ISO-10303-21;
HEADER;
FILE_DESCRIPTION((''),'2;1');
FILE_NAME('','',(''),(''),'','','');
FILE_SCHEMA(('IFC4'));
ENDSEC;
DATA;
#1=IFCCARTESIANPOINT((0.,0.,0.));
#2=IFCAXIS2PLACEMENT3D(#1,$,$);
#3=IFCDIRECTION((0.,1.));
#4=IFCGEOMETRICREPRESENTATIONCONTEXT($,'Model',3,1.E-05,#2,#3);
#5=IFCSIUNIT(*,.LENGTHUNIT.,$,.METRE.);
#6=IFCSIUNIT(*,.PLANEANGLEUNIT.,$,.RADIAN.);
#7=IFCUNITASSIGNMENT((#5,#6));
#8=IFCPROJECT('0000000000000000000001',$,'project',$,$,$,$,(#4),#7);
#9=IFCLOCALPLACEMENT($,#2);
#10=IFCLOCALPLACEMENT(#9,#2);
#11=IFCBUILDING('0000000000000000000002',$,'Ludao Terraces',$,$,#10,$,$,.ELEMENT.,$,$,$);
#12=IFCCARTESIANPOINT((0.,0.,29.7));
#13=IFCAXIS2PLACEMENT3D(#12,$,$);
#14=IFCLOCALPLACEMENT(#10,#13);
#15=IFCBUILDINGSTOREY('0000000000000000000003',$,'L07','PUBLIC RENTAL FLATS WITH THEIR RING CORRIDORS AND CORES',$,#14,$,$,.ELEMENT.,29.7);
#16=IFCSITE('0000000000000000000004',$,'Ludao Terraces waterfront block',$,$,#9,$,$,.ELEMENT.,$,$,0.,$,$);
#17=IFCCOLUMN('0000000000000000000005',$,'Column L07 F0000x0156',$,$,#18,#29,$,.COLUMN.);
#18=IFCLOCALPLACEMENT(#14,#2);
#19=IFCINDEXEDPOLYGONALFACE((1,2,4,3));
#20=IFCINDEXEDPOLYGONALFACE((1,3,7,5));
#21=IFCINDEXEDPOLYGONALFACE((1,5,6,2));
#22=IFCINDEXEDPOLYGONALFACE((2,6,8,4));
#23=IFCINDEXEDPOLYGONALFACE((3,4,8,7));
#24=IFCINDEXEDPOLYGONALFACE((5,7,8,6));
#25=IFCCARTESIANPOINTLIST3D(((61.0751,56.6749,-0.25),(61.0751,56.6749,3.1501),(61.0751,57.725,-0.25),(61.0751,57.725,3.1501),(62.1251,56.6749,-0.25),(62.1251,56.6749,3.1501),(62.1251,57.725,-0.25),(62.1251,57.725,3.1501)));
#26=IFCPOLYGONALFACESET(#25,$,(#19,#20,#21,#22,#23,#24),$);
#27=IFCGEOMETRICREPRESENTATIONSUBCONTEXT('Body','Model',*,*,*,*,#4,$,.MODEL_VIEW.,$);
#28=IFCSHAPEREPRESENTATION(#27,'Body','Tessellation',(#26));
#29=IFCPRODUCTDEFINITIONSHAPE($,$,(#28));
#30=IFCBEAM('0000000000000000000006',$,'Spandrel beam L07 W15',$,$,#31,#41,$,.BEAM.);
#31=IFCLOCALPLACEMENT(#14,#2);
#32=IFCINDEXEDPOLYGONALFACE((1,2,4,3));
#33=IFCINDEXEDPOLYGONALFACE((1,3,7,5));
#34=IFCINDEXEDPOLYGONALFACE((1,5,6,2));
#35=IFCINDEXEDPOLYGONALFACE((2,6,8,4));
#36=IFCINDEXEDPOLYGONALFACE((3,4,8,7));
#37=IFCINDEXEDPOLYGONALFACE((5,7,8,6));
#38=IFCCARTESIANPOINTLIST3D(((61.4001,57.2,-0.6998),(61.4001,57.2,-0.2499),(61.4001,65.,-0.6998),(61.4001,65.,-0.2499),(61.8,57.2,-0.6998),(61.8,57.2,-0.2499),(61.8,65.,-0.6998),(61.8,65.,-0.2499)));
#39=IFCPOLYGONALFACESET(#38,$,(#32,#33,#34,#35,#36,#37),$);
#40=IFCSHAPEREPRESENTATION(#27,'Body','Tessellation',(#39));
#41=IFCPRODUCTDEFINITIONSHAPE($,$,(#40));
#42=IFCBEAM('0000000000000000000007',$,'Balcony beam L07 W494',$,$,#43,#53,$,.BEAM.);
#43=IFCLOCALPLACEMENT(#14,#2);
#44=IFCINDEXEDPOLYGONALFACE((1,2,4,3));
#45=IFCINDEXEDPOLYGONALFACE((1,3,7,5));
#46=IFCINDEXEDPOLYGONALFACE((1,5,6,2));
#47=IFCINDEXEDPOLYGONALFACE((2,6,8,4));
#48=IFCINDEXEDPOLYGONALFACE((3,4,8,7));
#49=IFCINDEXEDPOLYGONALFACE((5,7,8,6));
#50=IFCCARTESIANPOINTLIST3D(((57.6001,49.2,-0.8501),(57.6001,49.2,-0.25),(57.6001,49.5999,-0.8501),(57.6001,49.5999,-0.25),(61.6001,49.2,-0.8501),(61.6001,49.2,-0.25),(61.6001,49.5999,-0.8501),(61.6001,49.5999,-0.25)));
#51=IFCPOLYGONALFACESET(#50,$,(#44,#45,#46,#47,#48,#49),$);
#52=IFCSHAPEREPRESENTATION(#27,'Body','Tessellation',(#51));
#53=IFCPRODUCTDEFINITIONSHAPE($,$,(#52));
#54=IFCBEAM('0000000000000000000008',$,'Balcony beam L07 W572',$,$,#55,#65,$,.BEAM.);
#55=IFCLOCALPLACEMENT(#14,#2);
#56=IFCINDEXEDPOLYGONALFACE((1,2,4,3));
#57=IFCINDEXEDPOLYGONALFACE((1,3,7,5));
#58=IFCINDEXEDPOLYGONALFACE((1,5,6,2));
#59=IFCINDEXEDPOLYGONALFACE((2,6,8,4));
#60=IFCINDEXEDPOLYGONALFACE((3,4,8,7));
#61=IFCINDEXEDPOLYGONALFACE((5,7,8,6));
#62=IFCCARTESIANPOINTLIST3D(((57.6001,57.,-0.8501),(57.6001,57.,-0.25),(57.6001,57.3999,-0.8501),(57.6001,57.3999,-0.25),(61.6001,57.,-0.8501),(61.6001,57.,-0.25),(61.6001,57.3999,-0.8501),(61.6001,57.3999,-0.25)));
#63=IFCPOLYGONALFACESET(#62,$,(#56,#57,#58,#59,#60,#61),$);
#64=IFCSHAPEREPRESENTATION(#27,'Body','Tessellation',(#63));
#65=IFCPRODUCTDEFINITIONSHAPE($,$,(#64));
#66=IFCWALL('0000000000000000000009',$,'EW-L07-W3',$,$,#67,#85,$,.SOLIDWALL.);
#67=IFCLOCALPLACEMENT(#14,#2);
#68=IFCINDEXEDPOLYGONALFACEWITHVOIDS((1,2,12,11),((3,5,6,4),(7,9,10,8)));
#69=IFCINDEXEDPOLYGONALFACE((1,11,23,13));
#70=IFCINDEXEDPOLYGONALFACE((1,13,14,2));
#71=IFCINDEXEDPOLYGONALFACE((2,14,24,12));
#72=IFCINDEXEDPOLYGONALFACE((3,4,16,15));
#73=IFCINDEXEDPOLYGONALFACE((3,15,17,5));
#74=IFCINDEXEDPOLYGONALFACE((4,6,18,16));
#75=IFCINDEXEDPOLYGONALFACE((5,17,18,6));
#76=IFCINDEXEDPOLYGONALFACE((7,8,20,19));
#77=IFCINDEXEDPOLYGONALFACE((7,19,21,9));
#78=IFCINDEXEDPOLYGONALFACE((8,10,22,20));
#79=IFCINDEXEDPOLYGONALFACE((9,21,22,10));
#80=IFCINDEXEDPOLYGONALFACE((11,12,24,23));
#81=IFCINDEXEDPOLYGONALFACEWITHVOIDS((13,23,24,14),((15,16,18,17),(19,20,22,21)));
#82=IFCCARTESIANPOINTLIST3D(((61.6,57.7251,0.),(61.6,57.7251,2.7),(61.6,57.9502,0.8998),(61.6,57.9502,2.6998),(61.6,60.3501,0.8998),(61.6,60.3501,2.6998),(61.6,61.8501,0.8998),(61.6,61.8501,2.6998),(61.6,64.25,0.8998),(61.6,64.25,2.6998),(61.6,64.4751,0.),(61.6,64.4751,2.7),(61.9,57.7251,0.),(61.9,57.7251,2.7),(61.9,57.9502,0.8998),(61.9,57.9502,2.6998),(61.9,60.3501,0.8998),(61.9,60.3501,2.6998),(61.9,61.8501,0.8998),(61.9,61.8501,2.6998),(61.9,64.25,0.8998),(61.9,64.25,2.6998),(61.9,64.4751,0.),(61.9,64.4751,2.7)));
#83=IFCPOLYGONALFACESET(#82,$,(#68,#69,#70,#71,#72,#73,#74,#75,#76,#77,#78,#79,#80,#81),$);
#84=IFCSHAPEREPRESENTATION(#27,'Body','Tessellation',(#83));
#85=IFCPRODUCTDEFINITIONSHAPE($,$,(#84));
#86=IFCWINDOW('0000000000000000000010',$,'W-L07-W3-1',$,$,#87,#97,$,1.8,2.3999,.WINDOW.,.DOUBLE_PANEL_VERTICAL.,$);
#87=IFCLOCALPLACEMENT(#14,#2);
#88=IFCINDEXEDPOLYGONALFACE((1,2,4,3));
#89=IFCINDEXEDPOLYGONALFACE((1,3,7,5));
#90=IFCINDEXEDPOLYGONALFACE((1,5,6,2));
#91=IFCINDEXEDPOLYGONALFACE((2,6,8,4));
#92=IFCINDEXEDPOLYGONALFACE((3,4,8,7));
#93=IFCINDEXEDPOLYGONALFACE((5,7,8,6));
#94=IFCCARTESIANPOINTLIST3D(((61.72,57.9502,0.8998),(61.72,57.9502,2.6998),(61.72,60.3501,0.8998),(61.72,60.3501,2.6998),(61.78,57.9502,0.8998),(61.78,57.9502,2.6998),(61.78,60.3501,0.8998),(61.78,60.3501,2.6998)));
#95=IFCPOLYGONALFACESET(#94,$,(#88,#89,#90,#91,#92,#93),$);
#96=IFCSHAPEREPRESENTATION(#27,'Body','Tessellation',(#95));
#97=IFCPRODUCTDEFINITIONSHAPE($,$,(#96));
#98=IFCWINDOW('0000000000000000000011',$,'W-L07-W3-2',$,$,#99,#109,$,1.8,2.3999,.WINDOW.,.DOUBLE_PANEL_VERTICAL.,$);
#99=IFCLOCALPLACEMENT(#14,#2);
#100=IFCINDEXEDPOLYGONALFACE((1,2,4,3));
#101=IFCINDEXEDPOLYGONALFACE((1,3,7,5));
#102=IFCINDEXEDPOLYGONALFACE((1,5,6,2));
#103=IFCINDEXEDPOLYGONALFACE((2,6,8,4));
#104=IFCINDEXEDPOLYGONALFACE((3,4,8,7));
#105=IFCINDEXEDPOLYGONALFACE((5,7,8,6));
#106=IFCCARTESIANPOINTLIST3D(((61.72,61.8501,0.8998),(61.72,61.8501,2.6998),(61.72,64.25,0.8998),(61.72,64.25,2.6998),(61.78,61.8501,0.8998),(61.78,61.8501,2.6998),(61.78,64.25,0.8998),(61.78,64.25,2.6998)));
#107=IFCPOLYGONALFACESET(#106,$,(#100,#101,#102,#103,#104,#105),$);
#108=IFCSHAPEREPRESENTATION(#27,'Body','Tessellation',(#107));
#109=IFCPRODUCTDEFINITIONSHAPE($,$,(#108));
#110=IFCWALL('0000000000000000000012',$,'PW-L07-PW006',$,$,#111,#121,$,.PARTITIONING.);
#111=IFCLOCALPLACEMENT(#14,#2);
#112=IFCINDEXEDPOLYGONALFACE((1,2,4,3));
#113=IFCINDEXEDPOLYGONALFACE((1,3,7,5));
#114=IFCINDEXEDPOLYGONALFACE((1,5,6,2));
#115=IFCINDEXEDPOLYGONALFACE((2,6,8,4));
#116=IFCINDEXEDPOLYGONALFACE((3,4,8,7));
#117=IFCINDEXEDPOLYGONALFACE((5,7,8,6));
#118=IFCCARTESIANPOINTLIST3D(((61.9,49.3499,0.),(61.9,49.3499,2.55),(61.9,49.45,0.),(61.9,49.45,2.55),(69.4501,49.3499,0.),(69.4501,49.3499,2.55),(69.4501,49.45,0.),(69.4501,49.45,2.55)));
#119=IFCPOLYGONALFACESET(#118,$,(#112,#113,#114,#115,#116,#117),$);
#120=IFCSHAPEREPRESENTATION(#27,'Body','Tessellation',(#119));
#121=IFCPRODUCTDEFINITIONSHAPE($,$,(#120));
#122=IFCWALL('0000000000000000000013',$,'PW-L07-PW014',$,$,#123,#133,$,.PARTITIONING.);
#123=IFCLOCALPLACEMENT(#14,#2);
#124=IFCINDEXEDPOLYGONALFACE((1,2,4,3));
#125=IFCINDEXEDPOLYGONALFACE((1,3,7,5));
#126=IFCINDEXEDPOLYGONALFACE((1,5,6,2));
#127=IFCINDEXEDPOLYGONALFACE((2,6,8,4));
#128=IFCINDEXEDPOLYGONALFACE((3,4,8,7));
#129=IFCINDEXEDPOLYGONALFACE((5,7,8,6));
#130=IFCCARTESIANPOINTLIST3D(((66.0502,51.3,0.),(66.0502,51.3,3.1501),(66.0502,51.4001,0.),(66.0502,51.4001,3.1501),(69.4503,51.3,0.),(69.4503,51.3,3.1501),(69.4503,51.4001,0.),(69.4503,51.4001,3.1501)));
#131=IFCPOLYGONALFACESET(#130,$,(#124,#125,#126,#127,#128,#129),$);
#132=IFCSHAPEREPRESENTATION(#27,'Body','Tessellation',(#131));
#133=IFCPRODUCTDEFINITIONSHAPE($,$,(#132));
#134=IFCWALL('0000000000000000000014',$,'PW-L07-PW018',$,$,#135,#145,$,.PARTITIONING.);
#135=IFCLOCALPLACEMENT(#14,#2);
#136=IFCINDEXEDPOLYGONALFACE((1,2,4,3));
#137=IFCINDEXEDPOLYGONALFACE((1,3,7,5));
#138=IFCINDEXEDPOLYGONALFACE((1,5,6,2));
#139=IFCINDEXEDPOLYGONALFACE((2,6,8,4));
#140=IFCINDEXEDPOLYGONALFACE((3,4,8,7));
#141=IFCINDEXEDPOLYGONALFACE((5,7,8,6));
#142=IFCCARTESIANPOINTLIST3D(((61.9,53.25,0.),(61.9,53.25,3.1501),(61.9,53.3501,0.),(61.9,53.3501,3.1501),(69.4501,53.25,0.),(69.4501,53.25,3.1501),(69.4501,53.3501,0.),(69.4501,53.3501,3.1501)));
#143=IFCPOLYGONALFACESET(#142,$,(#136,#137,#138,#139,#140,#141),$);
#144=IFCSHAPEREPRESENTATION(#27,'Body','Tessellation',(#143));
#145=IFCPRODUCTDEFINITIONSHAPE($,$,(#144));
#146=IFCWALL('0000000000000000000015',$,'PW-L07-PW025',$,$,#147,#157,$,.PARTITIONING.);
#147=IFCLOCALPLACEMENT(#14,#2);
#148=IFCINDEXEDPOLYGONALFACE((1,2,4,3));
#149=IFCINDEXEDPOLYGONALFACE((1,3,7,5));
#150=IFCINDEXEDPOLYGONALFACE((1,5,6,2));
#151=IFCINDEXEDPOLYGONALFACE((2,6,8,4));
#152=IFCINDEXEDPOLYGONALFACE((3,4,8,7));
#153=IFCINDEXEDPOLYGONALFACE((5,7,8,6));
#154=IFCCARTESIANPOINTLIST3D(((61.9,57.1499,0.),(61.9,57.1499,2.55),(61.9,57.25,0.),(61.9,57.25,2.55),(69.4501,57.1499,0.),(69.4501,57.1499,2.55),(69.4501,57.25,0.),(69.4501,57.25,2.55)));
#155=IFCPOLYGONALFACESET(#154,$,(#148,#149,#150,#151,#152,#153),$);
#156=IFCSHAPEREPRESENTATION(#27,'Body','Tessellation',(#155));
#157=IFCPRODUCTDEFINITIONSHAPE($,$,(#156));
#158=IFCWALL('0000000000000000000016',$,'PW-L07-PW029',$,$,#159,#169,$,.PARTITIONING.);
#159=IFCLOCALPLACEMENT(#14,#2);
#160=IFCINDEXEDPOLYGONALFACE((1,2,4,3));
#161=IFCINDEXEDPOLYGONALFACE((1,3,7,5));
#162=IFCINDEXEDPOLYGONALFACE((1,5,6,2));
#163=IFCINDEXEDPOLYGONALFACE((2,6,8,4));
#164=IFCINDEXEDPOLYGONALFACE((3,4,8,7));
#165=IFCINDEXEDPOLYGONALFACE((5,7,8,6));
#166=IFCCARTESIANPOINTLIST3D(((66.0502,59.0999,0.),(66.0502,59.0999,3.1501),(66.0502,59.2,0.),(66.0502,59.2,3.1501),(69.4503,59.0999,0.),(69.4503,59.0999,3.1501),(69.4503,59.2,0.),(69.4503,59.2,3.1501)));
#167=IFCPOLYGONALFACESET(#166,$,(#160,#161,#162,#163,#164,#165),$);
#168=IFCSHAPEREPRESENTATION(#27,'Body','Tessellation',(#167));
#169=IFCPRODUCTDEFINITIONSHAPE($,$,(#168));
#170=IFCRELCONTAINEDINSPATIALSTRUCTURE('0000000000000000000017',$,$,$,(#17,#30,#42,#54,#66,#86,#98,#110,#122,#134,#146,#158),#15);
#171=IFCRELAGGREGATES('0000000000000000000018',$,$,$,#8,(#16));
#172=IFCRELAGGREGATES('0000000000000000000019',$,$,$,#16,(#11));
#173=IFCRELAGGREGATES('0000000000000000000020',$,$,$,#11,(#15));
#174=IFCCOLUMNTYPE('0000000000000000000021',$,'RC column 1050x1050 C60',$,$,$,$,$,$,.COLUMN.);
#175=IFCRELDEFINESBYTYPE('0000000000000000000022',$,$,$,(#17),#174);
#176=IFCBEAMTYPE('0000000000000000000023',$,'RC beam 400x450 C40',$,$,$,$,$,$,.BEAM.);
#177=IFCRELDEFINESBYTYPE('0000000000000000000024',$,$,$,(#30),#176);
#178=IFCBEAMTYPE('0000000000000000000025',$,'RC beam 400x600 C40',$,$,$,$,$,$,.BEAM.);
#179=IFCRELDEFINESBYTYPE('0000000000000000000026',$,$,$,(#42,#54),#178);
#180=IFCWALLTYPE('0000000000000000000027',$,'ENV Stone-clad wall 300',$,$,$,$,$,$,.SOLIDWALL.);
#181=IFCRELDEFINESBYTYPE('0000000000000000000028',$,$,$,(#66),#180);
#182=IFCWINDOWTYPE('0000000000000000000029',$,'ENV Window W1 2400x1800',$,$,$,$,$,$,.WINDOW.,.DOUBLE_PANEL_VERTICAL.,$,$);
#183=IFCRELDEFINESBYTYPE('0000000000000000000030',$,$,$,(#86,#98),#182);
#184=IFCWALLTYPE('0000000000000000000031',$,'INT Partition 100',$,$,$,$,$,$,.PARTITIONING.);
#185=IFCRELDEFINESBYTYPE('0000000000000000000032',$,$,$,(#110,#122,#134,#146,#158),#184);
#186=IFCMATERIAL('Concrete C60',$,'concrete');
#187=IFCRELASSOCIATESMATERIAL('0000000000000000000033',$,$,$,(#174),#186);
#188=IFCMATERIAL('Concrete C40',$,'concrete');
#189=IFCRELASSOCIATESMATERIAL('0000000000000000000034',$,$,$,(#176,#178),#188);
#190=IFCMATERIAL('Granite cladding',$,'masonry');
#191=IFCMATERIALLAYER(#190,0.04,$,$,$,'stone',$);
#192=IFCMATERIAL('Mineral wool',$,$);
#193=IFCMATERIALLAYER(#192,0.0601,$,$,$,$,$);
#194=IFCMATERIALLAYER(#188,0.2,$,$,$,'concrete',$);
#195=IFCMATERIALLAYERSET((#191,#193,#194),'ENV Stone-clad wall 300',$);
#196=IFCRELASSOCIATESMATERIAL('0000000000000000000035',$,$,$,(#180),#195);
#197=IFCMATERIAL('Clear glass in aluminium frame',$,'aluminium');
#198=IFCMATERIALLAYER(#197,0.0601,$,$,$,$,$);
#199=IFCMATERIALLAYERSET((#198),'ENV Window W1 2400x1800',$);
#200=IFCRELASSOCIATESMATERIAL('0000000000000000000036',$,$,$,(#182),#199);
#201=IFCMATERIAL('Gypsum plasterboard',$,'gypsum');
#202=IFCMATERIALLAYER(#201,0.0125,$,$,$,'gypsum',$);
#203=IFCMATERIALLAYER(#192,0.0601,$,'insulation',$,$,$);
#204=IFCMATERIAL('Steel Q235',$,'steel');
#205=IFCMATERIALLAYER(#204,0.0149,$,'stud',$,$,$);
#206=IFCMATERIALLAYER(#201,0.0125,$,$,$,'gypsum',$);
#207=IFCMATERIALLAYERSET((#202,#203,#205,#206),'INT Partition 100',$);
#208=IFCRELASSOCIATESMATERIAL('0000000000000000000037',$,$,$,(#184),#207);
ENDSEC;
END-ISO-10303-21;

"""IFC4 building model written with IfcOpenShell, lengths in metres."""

from ifc_helpers import new_model, si_unit, direction, frame, frame_2d, origin, origin_2d, place, context, subcontext, project, spatial, rectangle, extrude, material, layer, layer_set, material_profile, profile_set, type_object, element, fill, save


model = new_model("IFC4")

# Units and contexts
model_context = context("Model", 3, precision=1e-05, world=origin(), true_north=direction((0.0, 1.0)))
body_context = subcontext(model_context, "Body", "Model", "MODEL_VIEW")
ifc_project = project(units=[si_unit("LENGTHUNIT", "METRE"), si_unit("PLANEANGLEUNIT", "RADIAN")], contexts=[model_context])

# Site, building, storey
site_placement = place(None, origin())
site = spatial("IfcSite", under=ifc_project, at=site_placement, Name="Ludao Terraces waterfront block", CompositionType="ELEMENT", RefElevation=0.0)
building_placement = place(site_placement, origin())
building = spatial("IfcBuilding", under=site, at=building_placement, Name="Ludao Terraces", CompositionType="ELEMENT")
storey_placement = place(building_placement, frame((0.0, 0.0, 29.7)))
storey = spatial("IfcBuildingStorey", under=building, at=storey_placement, Name="L07", Description="PUBLIC RENTAL FLATS WITH THEIR RING CORRIDORS AND CORES", CompositionType="ELEMENT", Elevation=29.7)

# Column
ifc_material_1 = material(Name="Concrete C60", Category="concrete")
ifc_material_profile_1 = material_profile(ifc_material_1, rectangle(XDim=1.05, YDim=1.05, at=origin_2d()), Name="1050 X 1050")
ifc_profile_set_1 = profile_set([ifc_material_profile_1], Name="Concrete C60")
column_type = type_object("IfcColumnType", Name="RC column 1050x1050 C60", PredefinedType="COLUMN", material=ifc_profile_set_1)
column_placement = place(storey_placement, frame((61.6001, 57.2, -0.25), z_axis=(0.0, 0.0, 1.0), x_axis=(1.0, 0.0, 0.0)))
element("IfcColumn", 1, at=column_placement, inside=storey, type_object=column_type, Name="Column L07 F0000x0156", PredefinedType="COLUMN", context=body_context, shape_type="SweptSolid", body=[
    extrude(rectangle(XDim=1.05, YDim=1.05, at=origin_2d()), origin(), (0.0, 0.0, 1.0), 3.4001),
])

# Beams
ifc_material_2 = material(Name="Concrete C40", Category="concrete")
ifc_material_profile_2 = material_profile(ifc_material_2, rectangle(XDim=0.3999, YDim=0.45, at=origin_2d()), Name="400 X 450")
ifc_profile_set_2 = profile_set([ifc_material_profile_2], Name="Concrete C40")
beam_type_1 = type_object("IfcBeamType", Name="RC beam 400x450 C40", PredefinedType="BEAM", material=ifc_profile_set_2)
beam_placement = place(storey_placement, frame((61.6001, 57.2, -0.4749), z_axis=(0.0, 1.0, 0.0), x_axis=(-1.0, 0.0, 0.0)))
element("IfcBeam", 2, at=beam_placement, inside=storey, type_object=beam_type_1, Name="Spandrel beam L07 W15", PredefinedType="BEAM", context=body_context, shape_type="SweptSolid", body=[
    extrude(rectangle(XDim=0.3999, YDim=0.45, at=origin_2d()), origin(), (0.0, 0.0, 1.0), 7.8),
])
ifc_material_profile_3 = material_profile(ifc_material_2, rectangle(XDim=0.3999, YDim=0.6001, at=origin_2d()), Name="400 X 600")
ifc_profile_set_3 = profile_set([ifc_material_profile_3], Name="Concrete C40")
beam_type_2 = type_object("IfcBeamType", Name="RC beam 400x600 C40", PredefinedType="BEAM", material=ifc_profile_set_3)
for number, where, z_axis, x_axis, name in (
    (3, (61.6001, 49.3999, -0.55), (-1.0, 0.0, 0.0), (0.0, -1.0, 0.0), "Balcony beam L07 W494"),
    (4, (61.6001, 57.2, -0.55), (-1.0, 0.0, 0.0), (0.0, -1.0, 0.0), "Balcony beam L07 W572"),
):
    element("IfcBeam", number, at=place(storey_placement, frame(where, z_axis=z_axis, x_axis=x_axis)), inside=storey, type_object=beam_type_2, Name=name, PredefinedType="BEAM", context=body_context, shape_type="SweptSolid", body=[
        extrude(rectangle(XDim=0.3999, YDim=0.6001, at=origin_2d()), origin(), (0.0, 0.0, 1.0), 4.0),
    ])

# Shared definitions
ifc_material_3 = material(Name="Granite cladding", Category="masonry")
ifc_layer_1 = layer(ifc_material_3, 0.04, Category="stone")
ifc_material_4 = material(Name="Mineral wool")
ifc_layer_2 = layer(ifc_material_4, 0.0601)
ifc_layer_3 = layer(ifc_material_2, 0.2, Category="concrete")
ifc_layer_set_1 = layer_set([ifc_layer_1, ifc_layer_2, ifc_layer_3], Name="ENV Stone-clad wall 300")
wall_type_1 = type_object("IfcWallType", Name="ENV Stone-clad wall 300", PredefinedType="SOLIDWALL", material=ifc_layer_set_1)
ifc_material_5 = material(Name="Clear glass in aluminium frame", Category="aluminium")
ifc_layer_4 = layer(ifc_material_5, 0.0601)
ifc_layer_set_2 = layer_set([ifc_layer_4], Name="ENV Window W1 2400x1800")
window_type = type_object("IfcWindowType", Name="ENV Window W1 2400x1800", PartitioningType="DOUBLE_PANEL_VERTICAL", PredefinedType="WINDOW", material=ifc_layer_set_2)

# Wall, openings, windows
wall_1_placement = place(storey_placement, frame((61.75, 57.7251, 0.0), z_axis=(0.0, 0.0, 1.0), x_axis=(0.0, 1.0, 0.0)))
wall_1 = element("IfcWall", 5, at=wall_1_placement, inside=storey, type_object=wall_type_1, Name="EW-L07-W3", PredefinedType="SOLIDWALL", context=body_context, shape_type="SweptSolid", body=[
    extrude(rectangle(XDim=6.75, YDim=0.3, at=frame_2d((3.375, 0.0))), origin(), (0.0, 0.0, 1.0), 2.7),
])
opening_1_placement = place(wall_1_placement, frame((0.2251, 0.0, 0.8999)))
opening_1 = element("IfcOpeningElement", 6, at=opening_1_placement, cuts=wall_1, PredefinedType="OPENING", context=body_context, shape_type="SweptSolid", body=[
    extrude(rectangle(XDim=2.3999, YDim=1.8, at=frame_2d((1.2, 0.8999))), frame((0.0, 0.1602, 0.0), z_axis=(0.0, -1.0, 0.0), x_axis=(1.0, 0.0, 0.0)), (0.0, 0.0, 1.0), 0.3201),
])
opening_2_placement = place(wall_1_placement, frame((4.125, 0.0, 0.8999)))
opening_2 = element("IfcOpeningElement", 7, at=opening_2_placement, cuts=wall_1, PredefinedType="OPENING", context=body_context, shape_type="SweptSolid", body=[
    extrude(rectangle(XDim=2.3999, YDim=1.8, at=frame_2d((1.2, 0.8999))), frame((0.0, 0.1602, 0.0), z_axis=(0.0, -1.0, 0.0), x_axis=(1.0, 0.0, 0.0)), (0.0, 0.0, 1.0), 0.3201),
])
window_1_placement = place(opening_1_placement, origin())
window_1 = element("IfcWindow", 8, at=window_1_placement, inside=storey, type_object=window_type, Name="W-L07-W3-1", OverallHeight=1.8, OverallWidth=2.3999, PartitioningType="DOUBLE_PANEL_VERTICAL", PredefinedType="WINDOW", context=body_context, shape_type="SweptSolid", body=[
    extrude(rectangle(XDim=2.3999, YDim=1.8, at=frame_2d((1.2, 0.8999))), frame((0.0, 0.03, 0.0), z_axis=(0.0, -1.0, 0.0), x_axis=(1.0, 0.0, 0.0)), (0.0, 0.0, 1.0), 0.0601),
])
fill(opening_1, window_1)
window_2_placement = place(opening_2_placement, origin())
window_2 = element("IfcWindow", 9, at=window_2_placement, inside=storey, type_object=window_type, Name="W-L07-W3-2", OverallHeight=1.8, OverallWidth=2.3999, PartitioningType="DOUBLE_PANEL_VERTICAL", PredefinedType="WINDOW", context=body_context, shape_type="SweptSolid", body=[
    extrude(rectangle(XDim=2.3999, YDim=1.8, at=frame_2d((1.2, 0.8999))), frame((0.0, 0.03, 0.0), z_axis=(0.0, -1.0, 0.0), x_axis=(1.0, 0.0, 0.0)), (0.0, 0.0, 1.0), 0.0601),
])
fill(opening_2, window_2)

# Walls
ifc_material_6 = material(Name="Gypsum plasterboard", Category="gypsum")
ifc_layer_5 = layer(ifc_material_6, 0.0125, Category="gypsum")
ifc_layer_6 = layer(ifc_material_4, 0.0601, Name="insulation")
ifc_material_7 = material(Name="Steel Q235", Category="steel")
ifc_layer_7 = layer(ifc_material_7, 0.0149, Name="stud")
ifc_layer_8 = layer(ifc_material_6, 0.0125, Category="gypsum")
ifc_layer_set_3 = layer_set([ifc_layer_5, ifc_layer_6, ifc_layer_7, ifc_layer_8], Name="INT Partition 100")
wall_type_2 = type_object("IfcWallType", Name="INT Partition 100", PredefinedType="PARTITIONING", material=ifc_layer_set_3)
wall_2_placement = place(storey_placement, frame((61.9001, 49.3999, 0.0), z_axis=(0.0, 0.0, 1.0), x_axis=(1.0, 0.0, 0.0)))
element("IfcWall", 10, at=wall_2_placement, inside=storey, type_object=wall_type_2, Name="PW-L07-PW006", PredefinedType="PARTITIONING", context=body_context, shape_type="SweptSolid", body=[
    extrude(rectangle(XDim=7.55, YDim=0.1001, at=frame_2d((3.7749, 0.0))), origin(), (0.0, 0.0, 1.0), 2.55),
])
wall_3_placement = place(storey_placement, frame((66.05, 51.3501, 0.0), z_axis=(0.0, 0.0, 1.0), x_axis=(1.0, 0.0, 0.0)))
element("IfcWall", 11, at=wall_3_placement, inside=storey, type_object=wall_type_2, Name="PW-L07-PW014", PredefinedType="PARTITIONING", context=body_context, shape_type="SweptSolid", body=[
    extrude(rectangle(XDim=3.4001, YDim=0.1001, at=frame_2d((1.7002, 0.0))), origin(), (0.0, 0.0, 1.0), 3.1501),
])
wall_4_placement = place(storey_placement, frame((61.9001, 53.3, 0.0), z_axis=(0.0, 0.0, 1.0), x_axis=(1.0, 0.0, 0.0)))
element("IfcWall", 12, at=wall_4_placement, inside=storey, type_object=wall_type_2, Name="PW-L07-PW018", PredefinedType="PARTITIONING", context=body_context, shape_type="SweptSolid", body=[
    extrude(rectangle(XDim=7.55, YDim=0.1001, at=frame_2d((3.7749, 0.0))), origin(), (0.0, 0.0, 1.0), 3.1501),
])
wall_5_placement = place(storey_placement, frame((61.9001, 57.2, 0.0), z_axis=(0.0, 0.0, 1.0), x_axis=(1.0, 0.0, 0.0)))
element("IfcWall", 13, at=wall_5_placement, inside=storey, type_object=wall_type_2, Name="PW-L07-PW025", PredefinedType="PARTITIONING", context=body_context, shape_type="SweptSolid", body=[
    extrude(rectangle(XDim=7.55, YDim=0.1001, at=frame_2d((3.7749, 0.0))), origin(), (0.0, 0.0, 1.0), 2.55),
])
for number, where, z_axis, x_axis, name in (
    (14, (66.05, 59.1499, 0.0), (0.0, 0.0, 1.0), (1.0, 0.0, 0.0), "PW-L07-PW029"),
):
    element("IfcWall", number, at=place(storey_placement, frame(where, z_axis=z_axis, x_axis=x_axis)), inside=storey, type_object=wall_type_2, Name=name, PredefinedType="PARTITIONING", context=body_context, shape_type="SweptSolid", body=[
        extrude(rectangle(XDim=3.4001, YDim=0.1001, at=frame_2d((1.7002, 0.0))), origin(), (0.0, 0.0, 1.0), 3.1501),
    ])

save(model, "model.ifc")
